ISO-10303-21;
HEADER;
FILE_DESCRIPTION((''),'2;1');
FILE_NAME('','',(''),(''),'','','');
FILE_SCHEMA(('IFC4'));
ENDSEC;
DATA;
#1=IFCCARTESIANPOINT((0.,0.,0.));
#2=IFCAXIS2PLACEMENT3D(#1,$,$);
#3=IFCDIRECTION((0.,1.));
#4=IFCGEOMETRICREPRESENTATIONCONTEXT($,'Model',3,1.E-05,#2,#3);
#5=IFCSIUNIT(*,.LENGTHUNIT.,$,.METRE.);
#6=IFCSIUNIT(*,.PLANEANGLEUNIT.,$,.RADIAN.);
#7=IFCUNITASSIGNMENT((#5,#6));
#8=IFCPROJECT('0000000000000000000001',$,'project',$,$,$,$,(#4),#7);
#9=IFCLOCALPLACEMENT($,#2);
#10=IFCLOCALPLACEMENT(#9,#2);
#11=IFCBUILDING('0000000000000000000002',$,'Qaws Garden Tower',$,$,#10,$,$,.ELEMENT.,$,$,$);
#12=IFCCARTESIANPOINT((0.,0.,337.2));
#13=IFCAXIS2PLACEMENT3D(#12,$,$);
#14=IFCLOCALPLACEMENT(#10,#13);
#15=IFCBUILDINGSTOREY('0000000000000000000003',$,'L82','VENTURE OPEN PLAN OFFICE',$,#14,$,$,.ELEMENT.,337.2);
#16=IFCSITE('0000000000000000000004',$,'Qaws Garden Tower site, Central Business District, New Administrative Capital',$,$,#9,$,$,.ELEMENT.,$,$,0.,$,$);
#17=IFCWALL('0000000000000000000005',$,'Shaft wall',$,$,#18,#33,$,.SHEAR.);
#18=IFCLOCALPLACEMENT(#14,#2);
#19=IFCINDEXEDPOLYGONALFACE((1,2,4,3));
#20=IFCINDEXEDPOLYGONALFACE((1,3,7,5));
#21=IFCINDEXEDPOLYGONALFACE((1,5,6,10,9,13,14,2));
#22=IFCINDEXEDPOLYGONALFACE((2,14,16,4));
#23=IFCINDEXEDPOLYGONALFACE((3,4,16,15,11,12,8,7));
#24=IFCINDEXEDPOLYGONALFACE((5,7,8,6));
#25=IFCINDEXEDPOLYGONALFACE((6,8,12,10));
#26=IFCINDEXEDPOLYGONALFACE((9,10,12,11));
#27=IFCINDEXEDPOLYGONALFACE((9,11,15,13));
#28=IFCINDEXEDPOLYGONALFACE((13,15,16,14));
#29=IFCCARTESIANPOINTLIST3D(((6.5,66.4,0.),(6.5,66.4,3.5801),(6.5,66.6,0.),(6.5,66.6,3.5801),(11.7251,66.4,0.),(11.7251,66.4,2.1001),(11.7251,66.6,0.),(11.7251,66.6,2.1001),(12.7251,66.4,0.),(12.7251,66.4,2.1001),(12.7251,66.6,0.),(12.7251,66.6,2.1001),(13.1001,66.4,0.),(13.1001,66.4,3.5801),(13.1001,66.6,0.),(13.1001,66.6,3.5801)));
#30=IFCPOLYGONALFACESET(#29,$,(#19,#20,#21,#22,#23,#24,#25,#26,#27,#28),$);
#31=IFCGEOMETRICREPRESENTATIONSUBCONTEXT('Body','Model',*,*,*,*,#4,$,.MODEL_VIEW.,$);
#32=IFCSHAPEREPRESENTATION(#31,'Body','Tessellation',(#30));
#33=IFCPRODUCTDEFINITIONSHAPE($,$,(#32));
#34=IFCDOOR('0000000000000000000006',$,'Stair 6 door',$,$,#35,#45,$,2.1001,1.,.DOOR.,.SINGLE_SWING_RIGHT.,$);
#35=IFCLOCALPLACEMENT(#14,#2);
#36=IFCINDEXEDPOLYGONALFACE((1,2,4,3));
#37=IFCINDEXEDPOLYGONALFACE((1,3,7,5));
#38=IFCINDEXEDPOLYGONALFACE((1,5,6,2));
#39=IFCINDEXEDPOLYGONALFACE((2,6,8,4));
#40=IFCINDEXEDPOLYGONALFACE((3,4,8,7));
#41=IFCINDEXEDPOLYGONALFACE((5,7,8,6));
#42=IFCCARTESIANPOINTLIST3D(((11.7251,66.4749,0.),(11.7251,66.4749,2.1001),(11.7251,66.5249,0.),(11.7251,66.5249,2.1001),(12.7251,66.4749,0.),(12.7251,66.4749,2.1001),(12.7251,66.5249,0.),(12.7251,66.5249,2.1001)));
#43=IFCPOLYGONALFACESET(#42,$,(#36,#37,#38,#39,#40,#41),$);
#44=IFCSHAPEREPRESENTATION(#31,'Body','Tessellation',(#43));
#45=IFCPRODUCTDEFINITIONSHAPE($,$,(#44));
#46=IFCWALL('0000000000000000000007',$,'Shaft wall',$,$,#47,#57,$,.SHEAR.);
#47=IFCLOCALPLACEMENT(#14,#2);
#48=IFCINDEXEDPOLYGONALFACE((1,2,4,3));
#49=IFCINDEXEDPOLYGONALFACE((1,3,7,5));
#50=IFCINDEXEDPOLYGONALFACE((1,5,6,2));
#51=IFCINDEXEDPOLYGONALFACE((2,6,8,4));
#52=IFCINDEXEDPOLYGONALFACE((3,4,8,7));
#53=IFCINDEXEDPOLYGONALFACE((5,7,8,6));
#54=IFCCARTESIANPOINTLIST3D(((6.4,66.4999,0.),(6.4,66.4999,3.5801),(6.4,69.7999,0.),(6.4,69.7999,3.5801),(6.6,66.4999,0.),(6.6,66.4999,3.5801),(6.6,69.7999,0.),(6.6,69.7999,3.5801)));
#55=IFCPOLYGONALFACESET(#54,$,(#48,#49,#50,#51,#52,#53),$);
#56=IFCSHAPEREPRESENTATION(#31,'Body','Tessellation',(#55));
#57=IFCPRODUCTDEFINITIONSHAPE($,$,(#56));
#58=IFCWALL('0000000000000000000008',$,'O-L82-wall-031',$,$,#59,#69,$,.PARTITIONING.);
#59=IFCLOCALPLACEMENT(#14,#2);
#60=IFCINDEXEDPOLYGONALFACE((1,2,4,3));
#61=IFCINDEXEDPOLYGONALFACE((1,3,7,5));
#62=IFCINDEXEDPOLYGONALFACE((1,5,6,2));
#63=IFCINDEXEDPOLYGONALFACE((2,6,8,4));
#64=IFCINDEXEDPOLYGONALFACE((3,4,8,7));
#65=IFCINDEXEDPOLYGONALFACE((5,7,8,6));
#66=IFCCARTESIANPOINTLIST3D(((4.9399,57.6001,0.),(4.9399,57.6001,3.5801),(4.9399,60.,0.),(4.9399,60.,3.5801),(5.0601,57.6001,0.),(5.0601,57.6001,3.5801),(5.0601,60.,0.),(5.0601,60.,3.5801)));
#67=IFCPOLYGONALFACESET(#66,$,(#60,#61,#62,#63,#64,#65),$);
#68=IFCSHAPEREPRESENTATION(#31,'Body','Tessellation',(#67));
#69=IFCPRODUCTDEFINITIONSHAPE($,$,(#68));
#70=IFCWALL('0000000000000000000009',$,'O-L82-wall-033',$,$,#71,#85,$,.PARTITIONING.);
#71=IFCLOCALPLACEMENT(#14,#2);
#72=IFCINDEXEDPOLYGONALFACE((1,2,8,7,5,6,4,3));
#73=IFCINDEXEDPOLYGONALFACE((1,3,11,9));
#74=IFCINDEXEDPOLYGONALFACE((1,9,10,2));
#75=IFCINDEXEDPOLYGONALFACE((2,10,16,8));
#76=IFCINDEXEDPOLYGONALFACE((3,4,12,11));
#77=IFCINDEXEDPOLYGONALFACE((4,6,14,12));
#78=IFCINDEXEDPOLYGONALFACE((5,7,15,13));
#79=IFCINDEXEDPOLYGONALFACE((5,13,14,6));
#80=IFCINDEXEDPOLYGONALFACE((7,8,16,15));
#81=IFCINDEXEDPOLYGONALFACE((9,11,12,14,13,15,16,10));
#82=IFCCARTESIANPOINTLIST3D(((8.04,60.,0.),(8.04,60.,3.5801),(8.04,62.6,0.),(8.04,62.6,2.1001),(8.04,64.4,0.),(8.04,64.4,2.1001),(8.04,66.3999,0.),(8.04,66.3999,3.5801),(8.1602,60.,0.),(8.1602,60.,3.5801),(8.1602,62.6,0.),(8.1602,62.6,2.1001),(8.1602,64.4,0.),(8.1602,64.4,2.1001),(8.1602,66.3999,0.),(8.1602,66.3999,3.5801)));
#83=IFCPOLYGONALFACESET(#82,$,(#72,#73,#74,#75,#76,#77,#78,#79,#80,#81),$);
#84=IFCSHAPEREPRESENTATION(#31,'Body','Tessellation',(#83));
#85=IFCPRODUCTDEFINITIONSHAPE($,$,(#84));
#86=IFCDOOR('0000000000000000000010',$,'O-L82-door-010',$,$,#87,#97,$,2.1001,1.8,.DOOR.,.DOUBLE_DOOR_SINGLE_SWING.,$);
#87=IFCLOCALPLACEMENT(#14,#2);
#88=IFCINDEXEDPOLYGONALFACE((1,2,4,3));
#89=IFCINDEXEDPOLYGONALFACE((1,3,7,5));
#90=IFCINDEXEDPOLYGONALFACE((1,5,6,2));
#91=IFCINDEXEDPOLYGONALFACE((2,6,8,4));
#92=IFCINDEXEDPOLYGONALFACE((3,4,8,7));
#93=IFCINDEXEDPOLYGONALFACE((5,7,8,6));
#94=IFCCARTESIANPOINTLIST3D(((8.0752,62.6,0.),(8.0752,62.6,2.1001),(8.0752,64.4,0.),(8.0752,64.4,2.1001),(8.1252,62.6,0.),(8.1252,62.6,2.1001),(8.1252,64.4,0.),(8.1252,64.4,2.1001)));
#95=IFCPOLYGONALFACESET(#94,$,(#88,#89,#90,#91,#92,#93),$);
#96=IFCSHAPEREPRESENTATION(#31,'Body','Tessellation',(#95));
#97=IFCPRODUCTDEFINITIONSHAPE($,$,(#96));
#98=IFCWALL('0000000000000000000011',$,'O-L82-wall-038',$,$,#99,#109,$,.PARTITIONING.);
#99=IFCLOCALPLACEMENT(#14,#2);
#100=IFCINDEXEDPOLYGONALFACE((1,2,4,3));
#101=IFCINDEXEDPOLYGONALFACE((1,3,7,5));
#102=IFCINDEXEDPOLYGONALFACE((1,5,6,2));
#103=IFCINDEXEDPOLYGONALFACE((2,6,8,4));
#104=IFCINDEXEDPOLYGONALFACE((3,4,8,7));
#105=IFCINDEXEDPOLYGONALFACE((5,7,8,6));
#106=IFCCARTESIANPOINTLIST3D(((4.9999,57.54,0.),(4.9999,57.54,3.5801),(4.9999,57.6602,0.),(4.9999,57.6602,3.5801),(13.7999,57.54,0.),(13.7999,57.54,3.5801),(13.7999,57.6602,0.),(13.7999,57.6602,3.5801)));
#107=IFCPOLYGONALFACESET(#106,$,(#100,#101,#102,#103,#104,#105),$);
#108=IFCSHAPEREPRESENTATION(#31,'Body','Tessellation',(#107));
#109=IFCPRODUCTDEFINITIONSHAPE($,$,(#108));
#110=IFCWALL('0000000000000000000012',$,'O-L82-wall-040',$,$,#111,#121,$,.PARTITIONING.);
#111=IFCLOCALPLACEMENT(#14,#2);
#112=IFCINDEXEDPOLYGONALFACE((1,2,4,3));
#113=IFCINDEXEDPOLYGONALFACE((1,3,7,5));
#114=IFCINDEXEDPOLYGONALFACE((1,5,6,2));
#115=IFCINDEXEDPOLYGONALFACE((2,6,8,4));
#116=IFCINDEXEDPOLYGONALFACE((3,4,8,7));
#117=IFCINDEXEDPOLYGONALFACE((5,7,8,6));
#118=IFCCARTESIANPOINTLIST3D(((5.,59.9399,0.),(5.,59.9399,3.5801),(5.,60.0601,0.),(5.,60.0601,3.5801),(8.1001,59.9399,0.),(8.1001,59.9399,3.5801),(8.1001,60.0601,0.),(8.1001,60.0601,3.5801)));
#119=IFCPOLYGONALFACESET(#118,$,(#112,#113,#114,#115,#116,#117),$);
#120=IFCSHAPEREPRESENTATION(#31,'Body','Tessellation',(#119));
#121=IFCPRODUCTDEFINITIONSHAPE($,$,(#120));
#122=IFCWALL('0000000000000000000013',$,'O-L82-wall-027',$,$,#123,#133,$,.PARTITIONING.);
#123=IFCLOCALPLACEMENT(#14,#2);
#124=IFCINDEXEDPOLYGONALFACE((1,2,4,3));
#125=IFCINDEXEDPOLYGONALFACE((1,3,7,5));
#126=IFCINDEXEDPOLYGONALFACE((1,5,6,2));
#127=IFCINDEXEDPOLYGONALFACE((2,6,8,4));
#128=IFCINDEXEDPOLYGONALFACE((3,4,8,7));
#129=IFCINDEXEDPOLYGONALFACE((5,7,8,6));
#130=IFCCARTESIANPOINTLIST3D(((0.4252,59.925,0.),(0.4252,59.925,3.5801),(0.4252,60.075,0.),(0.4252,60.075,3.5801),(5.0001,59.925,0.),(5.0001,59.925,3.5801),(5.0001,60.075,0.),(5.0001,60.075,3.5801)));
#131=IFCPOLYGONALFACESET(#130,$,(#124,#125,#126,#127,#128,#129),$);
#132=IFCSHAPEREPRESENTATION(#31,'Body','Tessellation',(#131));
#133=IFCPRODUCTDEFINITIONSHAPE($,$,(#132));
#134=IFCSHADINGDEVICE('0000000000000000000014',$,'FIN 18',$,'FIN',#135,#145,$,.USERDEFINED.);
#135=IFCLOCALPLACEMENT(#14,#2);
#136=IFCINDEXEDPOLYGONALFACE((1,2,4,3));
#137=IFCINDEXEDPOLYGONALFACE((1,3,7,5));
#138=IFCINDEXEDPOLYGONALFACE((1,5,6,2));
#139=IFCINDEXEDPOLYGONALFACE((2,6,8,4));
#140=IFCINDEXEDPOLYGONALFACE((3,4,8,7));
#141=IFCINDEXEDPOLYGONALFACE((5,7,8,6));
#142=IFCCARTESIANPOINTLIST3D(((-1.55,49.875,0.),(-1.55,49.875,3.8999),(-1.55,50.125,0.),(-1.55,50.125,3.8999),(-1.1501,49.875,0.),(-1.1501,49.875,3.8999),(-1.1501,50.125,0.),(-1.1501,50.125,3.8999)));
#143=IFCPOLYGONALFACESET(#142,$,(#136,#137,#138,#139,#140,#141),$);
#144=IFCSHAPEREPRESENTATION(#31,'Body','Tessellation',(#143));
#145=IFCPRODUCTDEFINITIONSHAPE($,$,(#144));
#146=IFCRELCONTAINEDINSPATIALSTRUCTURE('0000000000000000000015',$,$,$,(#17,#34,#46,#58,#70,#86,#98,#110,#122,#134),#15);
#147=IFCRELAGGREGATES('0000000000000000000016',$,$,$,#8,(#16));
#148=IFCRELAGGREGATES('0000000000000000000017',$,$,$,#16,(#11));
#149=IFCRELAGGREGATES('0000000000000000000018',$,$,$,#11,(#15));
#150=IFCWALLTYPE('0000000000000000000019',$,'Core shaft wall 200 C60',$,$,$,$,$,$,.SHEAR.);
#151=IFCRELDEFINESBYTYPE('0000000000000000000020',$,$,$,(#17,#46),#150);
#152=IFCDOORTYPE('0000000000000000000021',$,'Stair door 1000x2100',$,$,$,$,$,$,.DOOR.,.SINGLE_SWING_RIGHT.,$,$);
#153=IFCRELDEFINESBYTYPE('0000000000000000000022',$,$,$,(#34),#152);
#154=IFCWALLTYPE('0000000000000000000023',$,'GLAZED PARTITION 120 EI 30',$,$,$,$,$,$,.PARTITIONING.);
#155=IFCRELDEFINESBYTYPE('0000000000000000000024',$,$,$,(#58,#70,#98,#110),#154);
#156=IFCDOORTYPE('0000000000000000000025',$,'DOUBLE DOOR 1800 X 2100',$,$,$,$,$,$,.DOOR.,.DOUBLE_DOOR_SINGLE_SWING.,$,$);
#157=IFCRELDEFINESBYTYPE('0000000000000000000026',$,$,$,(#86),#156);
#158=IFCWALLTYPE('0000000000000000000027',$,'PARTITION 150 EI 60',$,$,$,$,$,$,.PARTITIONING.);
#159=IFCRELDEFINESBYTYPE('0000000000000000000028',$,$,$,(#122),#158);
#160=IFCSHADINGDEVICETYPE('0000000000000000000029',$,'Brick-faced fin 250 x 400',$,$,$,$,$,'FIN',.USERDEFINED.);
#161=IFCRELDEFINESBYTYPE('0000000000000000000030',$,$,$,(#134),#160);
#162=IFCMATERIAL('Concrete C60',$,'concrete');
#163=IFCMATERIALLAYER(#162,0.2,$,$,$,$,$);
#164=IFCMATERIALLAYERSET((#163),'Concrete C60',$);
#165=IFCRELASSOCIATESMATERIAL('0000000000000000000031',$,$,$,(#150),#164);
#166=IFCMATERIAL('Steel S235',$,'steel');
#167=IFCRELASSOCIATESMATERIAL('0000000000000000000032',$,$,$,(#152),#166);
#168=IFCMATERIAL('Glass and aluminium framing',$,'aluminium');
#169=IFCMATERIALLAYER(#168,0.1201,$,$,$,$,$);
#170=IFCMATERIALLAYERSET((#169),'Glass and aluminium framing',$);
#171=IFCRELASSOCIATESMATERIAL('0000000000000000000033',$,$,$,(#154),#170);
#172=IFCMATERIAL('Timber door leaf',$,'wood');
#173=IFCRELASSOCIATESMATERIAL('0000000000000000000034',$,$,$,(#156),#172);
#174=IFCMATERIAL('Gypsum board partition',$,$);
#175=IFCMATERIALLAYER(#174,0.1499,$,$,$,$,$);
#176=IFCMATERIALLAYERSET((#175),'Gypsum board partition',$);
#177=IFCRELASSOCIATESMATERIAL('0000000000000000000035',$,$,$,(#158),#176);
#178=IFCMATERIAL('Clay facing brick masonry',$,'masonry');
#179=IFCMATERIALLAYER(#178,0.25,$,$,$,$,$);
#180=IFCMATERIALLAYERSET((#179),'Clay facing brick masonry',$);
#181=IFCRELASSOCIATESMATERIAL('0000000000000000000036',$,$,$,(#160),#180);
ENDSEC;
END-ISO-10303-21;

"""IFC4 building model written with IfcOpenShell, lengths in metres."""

from ifc_helpers import new_model, si_unit, direction, frame, frame_2d, origin, origin_2d, place, context, subcontext, project, spatial, rectangle, extrude, material, layer, layer_set, type_object, element, fill, save


model = new_model("IFC4")

# Units and contexts
model_context = context("Model", 3, precision=1e-05, world=origin(), true_north=direction((0.0, 1.0)))
body_context = subcontext(model_context, "Body", "Model", "MODEL_VIEW")
ifc_project = project(units=[si_unit("LENGTHUNIT", "METRE"), si_unit("PLANEANGLEUNIT", "RADIAN")], contexts=[model_context])

# Site, building, storey
site_placement = place(None, origin())
site = spatial("IfcSite", under=ifc_project, at=site_placement, Name="Qaws Garden Tower site, Central Business District, New Administrative Capital", CompositionType="ELEMENT", RefElevation=0.0)
building_placement = place(site_placement, origin())
building = spatial("IfcBuilding", under=site, at=building_placement, Name="Qaws Garden Tower", CompositionType="ELEMENT")
storey_placement = place(building_placement, frame((0.0, 0.0, 337.2)))
storey = spatial("IfcBuildingStorey", under=building, at=storey_placement, Name="L82", Description="VENTURE OPEN PLAN OFFICE", CompositionType="ELEMENT", Elevation=337.2)

# Wall, opening, door
ifc_material_1 = material(Name="Concrete C60", Category="concrete")
ifc_layer_1 = layer(ifc_material_1, 0.2)
ifc_layer_set_1 = layer_set([ifc_layer_1], Name="Concrete C60")
wall_type_1 = type_object("IfcWallType", Name="Core shaft wall 200 C60", PredefinedType="SHEAR", material=ifc_layer_set_1)
wall_1_placement = place(storey_placement, frame((6.5, 66.5, 0.0), z_axis=(0.0, 0.0, 1.0), x_axis=(1.0, 0.0, 0.0)))
wall_1 = element("IfcWall", 1, at=wall_1_placement, inside=storey, type_object=wall_type_1, Name="Shaft wall", PredefinedType="SHEAR", context=body_context, shape_type="SweptSolid", body=[
    extrude(rectangle(XDim=6.6001, YDim=0.2, at=frame_2d((3.3, 0.0))), origin(), (0.0, 0.0, 1.0), 3.5801),
])
opening_1_placement = place(wall_1_placement, frame((5.2251, 0.0, 0.0)))
opening_1 = element("IfcOpeningElement", 2, at=opening_1_placement, cuts=wall_1, PredefinedType="OPENING", context=body_context, shape_type="SweptSolid", body=[
    extrude(rectangle(XDim=1.0, YDim=2.1001, at=frame_2d((0.5, 1.05))), frame((0.0, 0.1099, 0.0), z_axis=(0.0, -1.0, 0.0), x_axis=(1.0, 0.0, 0.0)), (0.0, 0.0, 1.0), 0.22),
])
ifc_material_2 = material(Name="Steel S235", Category="steel")
door_type_1 = type_object("IfcDoorType", Name="Stair door 1000x2100", OperationType="SINGLE_SWING_RIGHT", PredefinedType="DOOR", material=ifc_material_2)
door_1_placement = place(opening_1_placement, origin())
door_1 = element("IfcDoor", 3, at=door_1_placement, inside=storey, type_object=door_type_1, Name="Stair 6 door", OperationType="SINGLE_SWING_RIGHT", OverallHeight=2.1001, OverallWidth=1.0, PredefinedType="DOOR", context=body_context, shape_type="SweptSolid", body=[
    extrude(rectangle(XDim=1.0, YDim=2.1001, at=frame_2d((0.5, 1.05))), frame((0.0, 0.0249, 0.0), z_axis=(0.0, -1.0, 0.0), x_axis=(1.0, 0.0, 0.0)), (0.0, 0.0, 1.0), 0.05),
])
fill(opening_1, door_1)

# Walls
wall_2_placement = place(storey_placement, frame((6.5, 66.5, 0.0), z_axis=(0.0, 0.0, 1.0), x_axis=(0.0, 1.0, 0.0)))
element("IfcWall", 4, at=wall_2_placement, inside=storey, type_object=wall_type_1, Name="Shaft wall", PredefinedType="SHEAR", context=body_context, shape_type="SweptSolid", body=[
    extrude(rectangle(XDim=3.3, YDim=0.2, at=frame_2d((1.6499, 0.0))), origin(), (0.0, 0.0, 1.0), 3.5801),
])
ifc_material_3 = material(Name="Glass and aluminium framing", Category="aluminium")
ifc_layer_2 = layer(ifc_material_3, 0.1201)
ifc_layer_set_2 = layer_set([ifc_layer_2], Name="Glass and aluminium framing")
wall_type_2 = type_object("IfcWallType", Name="GLAZED PARTITION 120 EI 30", PredefinedType="PARTITIONING", material=ifc_layer_set_2)
wall_3_placement = place(storey_placement, frame((5.0, 57.6001, 0.0), z_axis=(0.0, 0.0, 1.0), x_axis=(0.0, 1.0, 0.0)))
element("IfcWall", 5, at=wall_3_placement, inside=storey, type_object=wall_type_2, Name="O-L82-wall-031", PredefinedType="PARTITIONING", context=body_context, shape_type="SweptSolid", body=[
    extrude(rectangle(XDim=2.3999, YDim=0.1201, at=frame_2d((1.2, 0.0))), origin(), (0.0, 0.0, 1.0), 3.5801),
])

# Wall, opening, door
wall_4_placement = place(storey_placement, frame((8.1001, 60.0, 0.0), z_axis=(0.0, 0.0, 1.0), x_axis=(0.0, 1.0, 0.0)))
wall_4 = element("IfcWall", 6, at=wall_4_placement, inside=storey, type_object=wall_type_2, Name="O-L82-wall-033", PredefinedType="PARTITIONING", context=body_context, shape_type="SweptSolid", body=[
    extrude(rectangle(XDim=6.3999, YDim=0.1201, at=frame_2d((3.2, 0.0))), origin(), (0.0, 0.0, 1.0), 3.5801),
])
opening_2_placement = place(wall_4_placement, frame((2.6001, 0.0, 0.0)))
opening_2 = element("IfcOpeningElement", 7, at=opening_2_placement, cuts=wall_4, PredefinedType="OPENING", context=body_context, shape_type="SweptSolid", body=[
    extrude(rectangle(XDim=1.8, YDim=2.1001, at=frame_2d((0.8999, 1.05))), frame((0.0, 0.0701, 0.0), z_axis=(0.0, -1.0, 0.0), x_axis=(1.0, 0.0, 0.0)), (0.0, 0.0, 1.0), 0.1401),
])
ifc_material_4 = material(Name="Timber door leaf", Category="wood")
door_type_2 = type_object("IfcDoorType", Name="DOUBLE DOOR 1800 X 2100", OperationType="DOUBLE_DOOR_SINGLE_SWING", PredefinedType="DOOR", material=ifc_material_4)
door_2_placement = place(opening_2_placement, origin())
door_2 = element("IfcDoor", 8, at=door_2_placement, inside=storey, type_object=door_type_2, Name="O-L82-door-010", OperationType="DOUBLE_DOOR_SINGLE_SWING", OverallHeight=2.1001, OverallWidth=1.8, PredefinedType="DOOR", context=body_context, shape_type="SweptSolid", body=[
    extrude(rectangle(XDim=1.8, YDim=2.1001, at=frame_2d((0.8999, 1.05))), frame((0.0, 0.0249, 0.0), z_axis=(0.0, -1.0, 0.0), x_axis=(1.0, 0.0, 0.0)), (0.0, 0.0, 1.0), 0.05),
])
fill(opening_2, door_2)

# Walls
wall_5_placement = place(storey_placement, frame((5.0, 57.6001, 0.0), z_axis=(0.0, 0.0, 1.0), x_axis=(1.0, 0.0, 0.0)))
element("IfcWall", 9, at=wall_5_placement, inside=storey, type_object=wall_type_2, Name="O-L82-wall-038", PredefinedType="PARTITIONING", context=body_context, shape_type="SweptSolid", body=[
    extrude(rectangle(XDim=8.8, YDim=0.1201, at=frame_2d((4.3999, 0.0))), origin(), (0.0, 0.0, 1.0), 3.5801),
])
wall_6_placement = place(storey_placement, frame((5.0, 60.0, 0.0), z_axis=(0.0, 0.0, 1.0), x_axis=(1.0, 0.0, 0.0)))
element("IfcWall", 10, at=wall_6_placement, inside=storey, type_object=wall_type_2, Name="O-L82-wall-040", PredefinedType="PARTITIONING", context=body_context, shape_type="SweptSolid", body=[
    extrude(rectangle(XDim=3.1001, YDim=0.1201, at=frame_2d((1.55, 0.0))), origin(), (0.0, 0.0, 1.0), 3.5801),
])
ifc_material_5 = material(Name="Gypsum board partition")
ifc_layer_3 = layer(ifc_material_5, 0.1499)
ifc_layer_set_3 = layer_set([ifc_layer_3], Name="Gypsum board partition")
wall_type_3 = type_object("IfcWallType", Name="PARTITION 150 EI 60", PredefinedType="PARTITIONING", material=ifc_layer_set_3)
wall_7_placement = place(storey_placement, frame((0.425, 60.0, 0.0), z_axis=(0.0, 0.0, 1.0), x_axis=(1.0, 0.0, 0.0)))
element("IfcWall", 11, at=wall_7_placement, inside=storey, type_object=wall_type_3, Name="O-L82-wall-027", PredefinedType="PARTITIONING", context=body_context, shape_type="SweptSolid", body=[
    extrude(rectangle(XDim=4.575, YDim=0.1499, at=frame_2d((2.2876, 0.0))), origin(), (0.0, 0.0, 1.0), 3.5801),
])

# Shading device
ifc_material_6 = material(Name="Clay facing brick masonry", Category="masonry")
ifc_layer_4 = layer(ifc_material_6, 0.25)
ifc_layer_set_4 = layer_set([ifc_layer_4], Name="Clay facing brick masonry")
shading_device_type = type_object("IfcShadingDeviceType", Name="Brick-faced fin 250 x 400", ElementType="FIN", PredefinedType="USERDEFINED", material=ifc_layer_set_4)
shading_device_placement = place(storey_placement, frame((-1.3501, 50.0, 0.0), z_axis=(0.0, 0.0, 1.0), x_axis=(0.0, -1.0, 0.0)))
element("IfcShadingDevice", 12, at=shading_device_placement, inside=storey, type_object=shading_device_type, Name="FIN 18", ObjectType="FIN", PredefinedType="USERDEFINED", context=body_context, shape_type="SweptSolid", body=[
    extrude(rectangle(XDim=0.25, YDim=0.3999, at=origin_2d()), origin(), (0.0, 0.0, 1.0), 3.8999),
])

save(model, "model.ifc")
